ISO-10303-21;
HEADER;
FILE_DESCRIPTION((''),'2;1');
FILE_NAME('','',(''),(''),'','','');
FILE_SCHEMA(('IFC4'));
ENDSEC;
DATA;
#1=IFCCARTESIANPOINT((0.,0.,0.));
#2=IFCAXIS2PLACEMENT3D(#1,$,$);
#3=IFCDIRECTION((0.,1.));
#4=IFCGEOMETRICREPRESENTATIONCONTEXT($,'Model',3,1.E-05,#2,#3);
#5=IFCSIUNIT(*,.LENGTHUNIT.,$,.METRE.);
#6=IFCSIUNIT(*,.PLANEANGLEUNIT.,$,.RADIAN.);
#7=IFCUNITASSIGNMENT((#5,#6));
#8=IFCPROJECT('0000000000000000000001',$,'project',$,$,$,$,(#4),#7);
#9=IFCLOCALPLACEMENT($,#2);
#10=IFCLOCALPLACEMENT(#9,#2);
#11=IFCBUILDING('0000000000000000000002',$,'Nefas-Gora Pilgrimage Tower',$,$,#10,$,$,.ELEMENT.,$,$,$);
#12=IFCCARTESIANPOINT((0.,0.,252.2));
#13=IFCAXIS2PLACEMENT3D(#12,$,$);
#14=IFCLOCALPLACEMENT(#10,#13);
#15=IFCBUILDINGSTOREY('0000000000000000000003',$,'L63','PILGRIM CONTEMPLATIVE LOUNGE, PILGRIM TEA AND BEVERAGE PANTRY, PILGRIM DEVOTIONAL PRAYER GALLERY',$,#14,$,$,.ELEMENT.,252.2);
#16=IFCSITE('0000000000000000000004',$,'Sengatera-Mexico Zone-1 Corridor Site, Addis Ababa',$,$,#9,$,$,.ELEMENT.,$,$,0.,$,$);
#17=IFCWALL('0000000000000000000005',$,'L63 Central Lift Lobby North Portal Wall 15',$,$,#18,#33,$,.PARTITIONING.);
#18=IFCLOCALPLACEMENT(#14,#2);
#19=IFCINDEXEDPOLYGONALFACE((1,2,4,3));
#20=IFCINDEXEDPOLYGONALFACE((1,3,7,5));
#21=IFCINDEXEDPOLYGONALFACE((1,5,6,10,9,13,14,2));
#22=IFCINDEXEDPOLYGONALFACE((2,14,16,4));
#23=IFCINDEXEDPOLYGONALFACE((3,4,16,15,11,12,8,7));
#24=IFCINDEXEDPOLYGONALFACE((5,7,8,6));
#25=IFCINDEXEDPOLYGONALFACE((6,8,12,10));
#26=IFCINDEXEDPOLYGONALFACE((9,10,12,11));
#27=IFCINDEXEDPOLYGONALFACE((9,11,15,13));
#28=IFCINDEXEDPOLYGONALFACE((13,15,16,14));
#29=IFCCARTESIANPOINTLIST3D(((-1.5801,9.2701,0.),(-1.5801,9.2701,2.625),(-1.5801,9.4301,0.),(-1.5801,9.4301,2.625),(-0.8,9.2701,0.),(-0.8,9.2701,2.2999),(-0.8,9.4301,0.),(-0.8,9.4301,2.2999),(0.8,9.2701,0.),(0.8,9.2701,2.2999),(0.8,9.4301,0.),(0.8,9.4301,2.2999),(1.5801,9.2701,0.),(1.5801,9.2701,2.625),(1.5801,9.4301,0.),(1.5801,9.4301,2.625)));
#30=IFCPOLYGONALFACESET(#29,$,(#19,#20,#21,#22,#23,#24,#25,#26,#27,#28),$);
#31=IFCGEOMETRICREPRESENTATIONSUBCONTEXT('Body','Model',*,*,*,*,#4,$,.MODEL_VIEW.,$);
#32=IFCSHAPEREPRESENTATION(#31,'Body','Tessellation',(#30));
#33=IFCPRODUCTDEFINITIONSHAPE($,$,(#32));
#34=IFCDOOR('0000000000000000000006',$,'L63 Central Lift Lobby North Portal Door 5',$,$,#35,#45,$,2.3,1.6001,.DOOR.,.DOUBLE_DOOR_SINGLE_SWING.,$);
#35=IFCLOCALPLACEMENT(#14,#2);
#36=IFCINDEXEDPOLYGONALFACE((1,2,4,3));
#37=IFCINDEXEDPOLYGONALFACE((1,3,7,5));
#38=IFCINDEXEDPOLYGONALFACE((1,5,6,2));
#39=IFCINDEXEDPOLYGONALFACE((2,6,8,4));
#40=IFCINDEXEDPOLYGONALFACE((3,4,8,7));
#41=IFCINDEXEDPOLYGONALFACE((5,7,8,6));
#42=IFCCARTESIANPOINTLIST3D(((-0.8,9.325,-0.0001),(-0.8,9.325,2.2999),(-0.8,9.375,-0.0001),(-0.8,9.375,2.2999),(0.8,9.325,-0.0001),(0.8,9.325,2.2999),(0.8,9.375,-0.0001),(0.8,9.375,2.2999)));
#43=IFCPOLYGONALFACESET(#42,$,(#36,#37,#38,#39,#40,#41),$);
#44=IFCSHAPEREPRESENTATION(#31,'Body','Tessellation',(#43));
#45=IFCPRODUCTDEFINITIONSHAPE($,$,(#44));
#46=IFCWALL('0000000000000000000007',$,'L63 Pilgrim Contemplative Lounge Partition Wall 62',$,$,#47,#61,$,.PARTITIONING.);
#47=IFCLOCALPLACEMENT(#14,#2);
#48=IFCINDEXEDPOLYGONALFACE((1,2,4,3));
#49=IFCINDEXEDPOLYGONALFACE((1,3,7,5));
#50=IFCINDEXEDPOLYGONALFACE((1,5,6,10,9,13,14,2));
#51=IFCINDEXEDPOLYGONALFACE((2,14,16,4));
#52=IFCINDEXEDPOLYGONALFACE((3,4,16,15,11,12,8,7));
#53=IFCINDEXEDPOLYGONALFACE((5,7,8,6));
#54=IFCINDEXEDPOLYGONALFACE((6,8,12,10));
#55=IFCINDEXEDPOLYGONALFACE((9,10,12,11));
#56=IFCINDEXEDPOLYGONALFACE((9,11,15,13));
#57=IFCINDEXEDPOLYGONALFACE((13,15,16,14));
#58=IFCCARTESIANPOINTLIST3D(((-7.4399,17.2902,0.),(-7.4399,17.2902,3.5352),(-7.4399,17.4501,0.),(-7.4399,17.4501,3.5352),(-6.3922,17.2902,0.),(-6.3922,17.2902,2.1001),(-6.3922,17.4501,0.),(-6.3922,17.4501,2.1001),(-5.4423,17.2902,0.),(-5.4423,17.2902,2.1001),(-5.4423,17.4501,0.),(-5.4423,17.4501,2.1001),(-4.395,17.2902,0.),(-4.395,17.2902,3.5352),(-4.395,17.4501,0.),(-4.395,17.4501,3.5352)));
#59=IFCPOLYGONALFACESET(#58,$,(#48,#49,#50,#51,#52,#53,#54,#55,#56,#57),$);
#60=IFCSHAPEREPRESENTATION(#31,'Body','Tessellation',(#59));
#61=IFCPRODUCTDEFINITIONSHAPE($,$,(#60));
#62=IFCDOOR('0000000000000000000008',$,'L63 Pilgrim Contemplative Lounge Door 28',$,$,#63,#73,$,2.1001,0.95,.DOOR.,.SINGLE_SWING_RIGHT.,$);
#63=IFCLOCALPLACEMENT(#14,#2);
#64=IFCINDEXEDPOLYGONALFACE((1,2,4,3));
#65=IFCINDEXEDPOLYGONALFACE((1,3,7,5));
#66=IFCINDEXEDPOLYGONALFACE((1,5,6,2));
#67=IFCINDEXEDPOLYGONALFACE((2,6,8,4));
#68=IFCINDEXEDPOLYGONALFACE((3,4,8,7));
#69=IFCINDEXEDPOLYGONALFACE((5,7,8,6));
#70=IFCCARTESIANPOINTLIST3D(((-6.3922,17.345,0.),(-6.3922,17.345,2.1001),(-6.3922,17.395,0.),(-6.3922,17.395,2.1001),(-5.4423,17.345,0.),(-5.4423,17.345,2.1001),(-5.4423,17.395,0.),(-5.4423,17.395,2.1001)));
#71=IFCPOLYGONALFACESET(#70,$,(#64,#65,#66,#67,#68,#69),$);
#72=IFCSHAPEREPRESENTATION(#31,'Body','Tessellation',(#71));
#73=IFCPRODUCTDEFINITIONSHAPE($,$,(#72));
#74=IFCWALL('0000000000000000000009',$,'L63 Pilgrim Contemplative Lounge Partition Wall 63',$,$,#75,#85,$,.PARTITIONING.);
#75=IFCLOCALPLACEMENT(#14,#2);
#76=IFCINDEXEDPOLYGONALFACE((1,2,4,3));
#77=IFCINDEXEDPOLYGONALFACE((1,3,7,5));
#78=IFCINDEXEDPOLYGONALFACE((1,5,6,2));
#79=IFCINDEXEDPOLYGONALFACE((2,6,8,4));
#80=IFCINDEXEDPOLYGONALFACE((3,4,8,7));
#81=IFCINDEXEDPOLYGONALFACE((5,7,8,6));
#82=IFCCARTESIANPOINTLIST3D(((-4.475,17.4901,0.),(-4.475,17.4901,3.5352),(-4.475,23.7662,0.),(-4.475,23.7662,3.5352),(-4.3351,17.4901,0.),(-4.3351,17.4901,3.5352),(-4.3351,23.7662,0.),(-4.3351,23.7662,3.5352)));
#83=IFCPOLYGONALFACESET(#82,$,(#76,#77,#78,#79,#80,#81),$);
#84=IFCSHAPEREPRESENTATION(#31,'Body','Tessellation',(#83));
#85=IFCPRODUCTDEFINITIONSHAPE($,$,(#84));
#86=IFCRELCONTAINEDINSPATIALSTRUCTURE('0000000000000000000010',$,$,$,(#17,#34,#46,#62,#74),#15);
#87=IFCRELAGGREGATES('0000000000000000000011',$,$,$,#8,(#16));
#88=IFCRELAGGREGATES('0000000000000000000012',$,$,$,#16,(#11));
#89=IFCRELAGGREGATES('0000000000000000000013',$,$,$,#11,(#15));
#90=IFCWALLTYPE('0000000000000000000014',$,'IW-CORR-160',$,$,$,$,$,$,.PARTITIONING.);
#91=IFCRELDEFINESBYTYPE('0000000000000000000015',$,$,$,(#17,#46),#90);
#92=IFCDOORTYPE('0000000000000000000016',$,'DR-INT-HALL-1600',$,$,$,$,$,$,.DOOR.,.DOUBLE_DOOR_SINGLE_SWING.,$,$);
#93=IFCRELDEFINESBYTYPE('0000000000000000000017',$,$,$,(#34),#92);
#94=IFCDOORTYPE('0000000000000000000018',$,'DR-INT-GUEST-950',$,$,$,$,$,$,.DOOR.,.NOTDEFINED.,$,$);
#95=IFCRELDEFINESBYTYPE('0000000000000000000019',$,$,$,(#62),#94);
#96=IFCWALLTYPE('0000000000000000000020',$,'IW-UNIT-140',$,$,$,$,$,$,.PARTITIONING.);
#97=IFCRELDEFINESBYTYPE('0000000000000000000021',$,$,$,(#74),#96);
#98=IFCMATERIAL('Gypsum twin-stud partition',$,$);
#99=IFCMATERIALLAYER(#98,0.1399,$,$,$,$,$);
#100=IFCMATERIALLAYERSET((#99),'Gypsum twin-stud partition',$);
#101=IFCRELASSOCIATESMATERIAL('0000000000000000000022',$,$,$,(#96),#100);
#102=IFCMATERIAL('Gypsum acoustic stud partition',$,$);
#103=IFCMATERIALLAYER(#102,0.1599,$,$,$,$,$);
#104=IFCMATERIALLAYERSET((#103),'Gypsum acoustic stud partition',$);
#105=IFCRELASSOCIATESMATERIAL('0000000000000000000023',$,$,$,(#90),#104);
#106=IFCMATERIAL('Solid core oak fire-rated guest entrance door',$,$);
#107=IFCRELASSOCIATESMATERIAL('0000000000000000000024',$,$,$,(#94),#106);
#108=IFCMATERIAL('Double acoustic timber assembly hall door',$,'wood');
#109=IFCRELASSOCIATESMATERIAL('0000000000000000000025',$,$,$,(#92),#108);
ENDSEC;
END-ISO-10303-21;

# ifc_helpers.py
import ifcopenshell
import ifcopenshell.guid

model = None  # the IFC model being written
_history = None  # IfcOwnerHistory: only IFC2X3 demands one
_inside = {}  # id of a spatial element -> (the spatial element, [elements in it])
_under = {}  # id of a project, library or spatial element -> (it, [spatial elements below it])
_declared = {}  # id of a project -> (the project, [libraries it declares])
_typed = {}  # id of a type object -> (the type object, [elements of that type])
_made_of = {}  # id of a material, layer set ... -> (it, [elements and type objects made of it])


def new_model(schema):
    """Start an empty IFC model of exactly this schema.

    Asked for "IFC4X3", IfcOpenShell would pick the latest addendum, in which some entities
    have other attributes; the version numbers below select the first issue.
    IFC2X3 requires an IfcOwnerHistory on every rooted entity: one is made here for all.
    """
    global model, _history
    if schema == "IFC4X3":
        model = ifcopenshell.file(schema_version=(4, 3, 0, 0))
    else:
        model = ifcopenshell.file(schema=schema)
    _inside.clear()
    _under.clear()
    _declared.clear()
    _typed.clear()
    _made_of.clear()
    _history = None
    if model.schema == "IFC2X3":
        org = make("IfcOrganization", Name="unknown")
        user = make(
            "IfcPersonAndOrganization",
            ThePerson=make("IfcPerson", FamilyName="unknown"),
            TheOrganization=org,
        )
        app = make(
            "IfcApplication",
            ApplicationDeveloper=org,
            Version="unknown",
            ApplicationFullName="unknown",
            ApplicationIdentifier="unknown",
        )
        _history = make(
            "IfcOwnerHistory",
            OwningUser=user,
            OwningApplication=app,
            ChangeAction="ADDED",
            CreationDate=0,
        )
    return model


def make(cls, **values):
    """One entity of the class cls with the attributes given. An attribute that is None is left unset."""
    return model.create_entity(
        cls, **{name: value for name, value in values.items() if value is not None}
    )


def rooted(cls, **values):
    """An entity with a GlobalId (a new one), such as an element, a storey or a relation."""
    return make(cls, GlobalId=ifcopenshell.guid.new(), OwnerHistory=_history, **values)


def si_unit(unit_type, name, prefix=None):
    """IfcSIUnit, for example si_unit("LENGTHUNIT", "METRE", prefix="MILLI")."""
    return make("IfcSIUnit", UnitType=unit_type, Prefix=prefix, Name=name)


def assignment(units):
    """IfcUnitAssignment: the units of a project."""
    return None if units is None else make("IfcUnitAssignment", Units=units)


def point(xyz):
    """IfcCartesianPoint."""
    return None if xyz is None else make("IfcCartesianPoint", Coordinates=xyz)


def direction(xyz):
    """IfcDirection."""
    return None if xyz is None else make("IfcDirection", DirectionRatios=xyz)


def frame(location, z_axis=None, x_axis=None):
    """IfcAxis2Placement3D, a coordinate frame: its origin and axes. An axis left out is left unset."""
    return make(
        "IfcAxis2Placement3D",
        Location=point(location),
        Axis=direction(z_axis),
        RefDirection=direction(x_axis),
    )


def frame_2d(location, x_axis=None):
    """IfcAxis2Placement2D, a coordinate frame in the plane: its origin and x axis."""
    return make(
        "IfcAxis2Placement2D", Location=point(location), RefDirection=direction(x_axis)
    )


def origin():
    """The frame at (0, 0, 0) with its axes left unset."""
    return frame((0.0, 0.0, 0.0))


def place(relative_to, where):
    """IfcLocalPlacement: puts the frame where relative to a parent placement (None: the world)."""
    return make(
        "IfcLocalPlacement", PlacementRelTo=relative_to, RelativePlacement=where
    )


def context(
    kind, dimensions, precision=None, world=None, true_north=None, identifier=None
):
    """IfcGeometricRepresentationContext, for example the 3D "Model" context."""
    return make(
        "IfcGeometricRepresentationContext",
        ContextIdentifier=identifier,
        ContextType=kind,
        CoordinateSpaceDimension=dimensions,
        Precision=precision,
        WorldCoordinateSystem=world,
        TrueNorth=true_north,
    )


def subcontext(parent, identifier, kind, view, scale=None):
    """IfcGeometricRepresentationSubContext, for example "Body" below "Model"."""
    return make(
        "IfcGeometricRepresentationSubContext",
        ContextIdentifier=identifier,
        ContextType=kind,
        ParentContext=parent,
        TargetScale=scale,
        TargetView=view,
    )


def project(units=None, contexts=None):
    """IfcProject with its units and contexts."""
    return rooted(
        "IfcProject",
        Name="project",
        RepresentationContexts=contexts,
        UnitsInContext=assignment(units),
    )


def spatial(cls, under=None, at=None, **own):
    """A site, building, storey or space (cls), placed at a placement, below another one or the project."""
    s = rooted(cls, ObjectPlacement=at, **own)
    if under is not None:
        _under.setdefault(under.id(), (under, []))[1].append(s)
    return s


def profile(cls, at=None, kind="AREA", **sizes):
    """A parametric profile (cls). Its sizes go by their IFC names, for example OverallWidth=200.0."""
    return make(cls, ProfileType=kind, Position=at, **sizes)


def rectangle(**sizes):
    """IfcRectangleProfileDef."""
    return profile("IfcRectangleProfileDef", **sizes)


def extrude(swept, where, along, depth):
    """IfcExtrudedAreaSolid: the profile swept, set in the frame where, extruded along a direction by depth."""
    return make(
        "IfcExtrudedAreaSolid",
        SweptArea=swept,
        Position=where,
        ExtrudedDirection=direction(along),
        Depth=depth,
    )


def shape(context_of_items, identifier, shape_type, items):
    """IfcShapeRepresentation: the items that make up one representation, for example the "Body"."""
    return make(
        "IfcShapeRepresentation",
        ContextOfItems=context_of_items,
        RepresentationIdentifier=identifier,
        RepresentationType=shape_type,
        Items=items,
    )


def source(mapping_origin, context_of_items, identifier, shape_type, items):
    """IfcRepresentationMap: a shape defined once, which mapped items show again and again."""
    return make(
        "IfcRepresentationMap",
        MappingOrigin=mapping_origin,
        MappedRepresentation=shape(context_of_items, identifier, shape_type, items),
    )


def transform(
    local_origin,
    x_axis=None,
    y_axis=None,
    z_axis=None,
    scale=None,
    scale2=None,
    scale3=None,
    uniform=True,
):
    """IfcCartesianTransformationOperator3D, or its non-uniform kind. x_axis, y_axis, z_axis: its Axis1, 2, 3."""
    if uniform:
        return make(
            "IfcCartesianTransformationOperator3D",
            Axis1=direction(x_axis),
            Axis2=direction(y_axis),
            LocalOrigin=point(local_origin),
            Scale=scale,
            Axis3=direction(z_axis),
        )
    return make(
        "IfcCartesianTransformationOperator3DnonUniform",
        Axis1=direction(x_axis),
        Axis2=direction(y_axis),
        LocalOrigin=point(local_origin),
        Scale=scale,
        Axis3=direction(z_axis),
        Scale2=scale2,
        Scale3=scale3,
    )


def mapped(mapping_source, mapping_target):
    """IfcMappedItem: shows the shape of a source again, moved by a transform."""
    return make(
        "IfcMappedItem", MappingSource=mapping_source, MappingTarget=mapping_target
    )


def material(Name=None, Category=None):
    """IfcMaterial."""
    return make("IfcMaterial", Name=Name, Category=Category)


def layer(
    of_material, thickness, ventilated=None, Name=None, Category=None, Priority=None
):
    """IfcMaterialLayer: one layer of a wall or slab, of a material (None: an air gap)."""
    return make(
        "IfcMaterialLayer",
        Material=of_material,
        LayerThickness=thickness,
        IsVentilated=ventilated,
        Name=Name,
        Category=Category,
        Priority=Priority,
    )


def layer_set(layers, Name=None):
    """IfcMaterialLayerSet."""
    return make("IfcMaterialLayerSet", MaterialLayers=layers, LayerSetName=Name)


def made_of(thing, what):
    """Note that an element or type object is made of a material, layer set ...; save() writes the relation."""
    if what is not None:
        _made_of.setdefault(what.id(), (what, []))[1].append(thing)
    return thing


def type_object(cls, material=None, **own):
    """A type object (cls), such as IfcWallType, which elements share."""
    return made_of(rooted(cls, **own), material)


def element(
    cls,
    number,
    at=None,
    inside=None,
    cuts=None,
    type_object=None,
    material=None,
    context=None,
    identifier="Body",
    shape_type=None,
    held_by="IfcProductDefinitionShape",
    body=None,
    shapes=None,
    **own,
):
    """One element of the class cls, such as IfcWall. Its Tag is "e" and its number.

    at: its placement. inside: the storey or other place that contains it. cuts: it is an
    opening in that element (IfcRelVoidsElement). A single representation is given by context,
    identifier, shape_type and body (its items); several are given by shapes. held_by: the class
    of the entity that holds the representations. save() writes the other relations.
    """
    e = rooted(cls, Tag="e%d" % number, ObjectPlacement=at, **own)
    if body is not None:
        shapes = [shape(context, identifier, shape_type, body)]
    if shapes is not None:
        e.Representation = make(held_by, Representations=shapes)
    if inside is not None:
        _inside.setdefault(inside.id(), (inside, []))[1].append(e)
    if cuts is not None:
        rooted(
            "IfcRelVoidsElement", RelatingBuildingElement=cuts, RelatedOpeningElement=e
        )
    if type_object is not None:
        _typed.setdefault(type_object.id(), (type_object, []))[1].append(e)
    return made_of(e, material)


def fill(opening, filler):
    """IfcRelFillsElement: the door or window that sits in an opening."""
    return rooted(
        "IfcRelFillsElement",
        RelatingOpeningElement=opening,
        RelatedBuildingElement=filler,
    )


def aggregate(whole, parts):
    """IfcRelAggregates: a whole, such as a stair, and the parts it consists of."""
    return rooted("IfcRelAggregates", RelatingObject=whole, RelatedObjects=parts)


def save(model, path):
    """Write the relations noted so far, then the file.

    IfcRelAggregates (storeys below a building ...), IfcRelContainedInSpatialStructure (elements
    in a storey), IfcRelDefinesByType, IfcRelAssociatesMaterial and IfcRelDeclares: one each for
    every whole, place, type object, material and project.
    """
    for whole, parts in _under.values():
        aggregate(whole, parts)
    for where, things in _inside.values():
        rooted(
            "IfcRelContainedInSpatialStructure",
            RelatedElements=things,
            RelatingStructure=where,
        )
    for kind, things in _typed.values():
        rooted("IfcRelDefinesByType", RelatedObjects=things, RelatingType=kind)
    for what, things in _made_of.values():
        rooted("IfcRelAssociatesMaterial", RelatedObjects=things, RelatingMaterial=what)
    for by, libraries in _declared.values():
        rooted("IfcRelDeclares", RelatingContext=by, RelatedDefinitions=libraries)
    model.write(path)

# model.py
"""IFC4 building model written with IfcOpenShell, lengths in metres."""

from ifc_helpers import new_model, si_unit, direction, frame, frame_2d, origin, place, context, subcontext, project, spatial, rectangle, extrude, source, transform, mapped, material, layer, layer_set, type_object, element, fill, save


model = new_model("IFC4")

# Units and contexts
model_context = context("Model", 3, precision=1e-05, world=origin(), true_north=direction((0.0, 1.0)))
body_context = subcontext(model_context, "Body", "Model", "MODEL_VIEW")
ifc_project = project(units=[si_unit("LENGTHUNIT", "METRE"), si_unit("PLANEANGLEUNIT", "RADIAN")], contexts=[model_context])

# Site, building, storey
site_placement = place(None, origin())
site = spatial("IfcSite", under=ifc_project, at=site_placement, Name="Sengatera-Mexico Zone-1 Corridor Site, Addis Ababa", CompositionType="ELEMENT", RefElevation=0.0)
building_placement = place(site_placement, origin())
building = spatial("IfcBuilding", under=site, at=building_placement, Name="Nefas-Gora Pilgrimage Tower", CompositionType="ELEMENT")
storey_placement = place(building_placement, frame((0.0, 0.0, 252.2)))
storey = spatial("IfcBuildingStorey", under=building, at=storey_placement, Name="L63", Description="PILGRIM CONTEMPLATIVE LOUNGE, PILGRIM TEA AND BEVERAGE PANTRY, PILGRIM DEVOTIONAL PRAYER GALLERY", CompositionType="ELEMENT", Elevation=252.2)

# Shared definitions
ifc_material_1 = material(Name="Gypsum twin-stud partition")
ifc_layer_1 = layer(ifc_material_1, 0.1399)
ifc_layer_set_1 = layer_set([ifc_layer_1], Name="Gypsum twin-stud partition")
wall_type_1 = type_object("IfcWallType", Name="IW-UNIT-140", PredefinedType="PARTITIONING", material=ifc_layer_set_1)

# Shared definitions
ifc_material_2 = material(Name="Gypsum acoustic stud partition")
ifc_layer_2 = layer(ifc_material_2, 0.1599)
ifc_layer_set_2 = layer_set([ifc_layer_2], Name="Gypsum acoustic stud partition")
wall_type_2 = type_object("IfcWallType", Name="IW-CORR-160", PredefinedType="PARTITIONING", material=ifc_layer_set_2)
ifc_material_3 = material(Name="Solid core oak fire-rated guest entrance door")
door_type_1 = type_object("IfcDoorType", Name="DR-INT-GUEST-950", OperationType="NOTDEFINED", PredefinedType="DOOR", material=ifc_material_3)
shared_shape_1 = source(origin(), body_context, "Body", "SweptSolid", [
    extrude(rectangle(XDim=0.95, YDim=2.1001, at=frame_2d((0.4751, 1.05))), frame((0.0, 0.0249, 0.0), z_axis=(0.0, -1.0, 0.0), x_axis=(1.0, 0.0, 0.0)), (0.0, 0.0, 1.0), 0.05),
])

# Walls, openings, doors
shared_shape_2 = source(origin(), body_context, "Body", "SweptSolid", [
    extrude(rectangle(XDim=3.1602, YDim=0.1599, at=frame_2d((1.5801, 0.0))), origin(), (0.0, 0.0, 1.0), 2.625),
])
wall_1_placement = place(storey_placement, frame((-1.5801, 9.3501, 0.0), z_axis=(0.0, 0.0, 1.0), x_axis=(1.0, 0.0, 0.0)))
wall_1 = element("IfcWall", 1, at=wall_1_placement, inside=storey, type_object=wall_type_2, Name="L63 Central Lift Lobby North Portal Wall 15", PredefinedType="PARTITIONING", context=body_context, shape_type="MappedRepresentation", body=[
    mapped(shared_shape_2, transform((0.0, 0.0, 0.0), x_axis=(1.0, 0.0, 0.0), y_axis=(0.0, 1.0, 0.0), z_axis=(0.0, 0.0, 1.0), scale=1.0)),
])
opening_1_placement = place(wall_1_placement, frame((0.78, 0.0, 0.0)))
opening_1 = element("IfcOpeningElement", 2, at=opening_1_placement, cuts=wall_1, PredefinedType="OPENING", context=body_context, shape_type="SweptSolid", body=[
    extrude(rectangle(XDim=1.6001, YDim=2.3, at=frame_2d((0.8, 1.1499))), frame((0.0, 0.0898, 0.0), z_axis=(0.0, -1.0, 0.0), x_axis=(1.0, 0.0, 0.0)), (0.0, 0.0, 1.0), 0.1799),
])
ifc_material_4 = material(Name="Double acoustic timber assembly hall door", Category="wood")
door_type_2 = type_object("IfcDoorType", Name="DR-INT-HALL-1600", OperationType="DOUBLE_DOOR_SINGLE_SWING", PredefinedType="DOOR", material=ifc_material_4)
shared_shape_3 = source(origin(), body_context, "Body", "SweptSolid", [
    extrude(rectangle(XDim=1.6001, YDim=2.3, at=frame_2d((0.8, 1.1499))), frame((0.0, 0.0249, 0.0), z_axis=(0.0, -1.0, 0.0), x_axis=(1.0, 0.0, 0.0)), (0.0, 0.0, 1.0), 0.05),
])
door_1_placement = place(opening_1_placement, origin())
door_1 = element("IfcDoor", 3, at=door_1_placement, inside=storey, type_object=door_type_2, Name="L63 Central Lift Lobby North Portal Door 5", OperationType="DOUBLE_DOOR_SINGLE_SWING", OverallHeight=2.3, OverallWidth=1.6001, PredefinedType="DOOR", context=body_context, shape_type="MappedRepresentation", body=[
    mapped(shared_shape_3, transform((0.0, 0.0, 0.0), x_axis=(1.0, 0.0, 0.0), y_axis=(0.0, 1.0, 0.0), z_axis=(0.0, 0.0, 1.0), scale=1.0)),
])
fill(opening_1, door_1)
shared_shape_4 = source(origin(), body_context, "Body", "SweptSolid", [
    extrude(rectangle(XDim=3.0449, YDim=0.1599, at=frame_2d((1.5225, 0.0))), origin(), (0.0, 0.0, 1.0), 3.5352),
])
wall_2_placement = place(storey_placement, frame((-7.4399, 17.3701, 0.0), z_axis=(0.0, 0.0, 1.0), x_axis=(1.0, 0.0, 0.0)))
wall_2 = element("IfcWall", 4, at=wall_2_placement, inside=storey, type_object=wall_type_2, Name="L63 Pilgrim Contemplative Lounge Partition Wall 62", PredefinedType="PARTITIONING", context=body_context, shape_type="MappedRepresentation", body=[
    mapped(shared_shape_4, transform((0.0, 0.0, 0.0), x_axis=(1.0, 0.0, 0.0), y_axis=(0.0, 1.0, 0.0), z_axis=(0.0, 0.0, 1.0), scale=1.0)),
])
opening_2_placement = place(wall_2_placement, frame((1.0476, 0.0, 0.0)))
opening_2 = element("IfcOpeningElement", 5, at=opening_2_placement, cuts=wall_2, PredefinedType="OPENING", context=body_context, shape_type="SweptSolid", body=[
    extrude(rectangle(XDim=0.95, YDim=2.1001, at=frame_2d((0.4751, 1.05))), frame((0.0, 0.0898, 0.0), z_axis=(0.0, -1.0, 0.0), x_axis=(1.0, 0.0, 0.0)), (0.0, 0.0, 1.0), 0.1799),
])
door_2_placement = place(opening_2_placement, origin())
door_2 = element("IfcDoor", 6, at=door_2_placement, inside=storey, type_object=door_type_1, Name="L63 Pilgrim Contemplative Lounge Door 28", OperationType="SINGLE_SWING_RIGHT", OverallHeight=2.1001, OverallWidth=0.95, PredefinedType="DOOR", context=body_context, shape_type="MappedRepresentation", body=[
    mapped(shared_shape_1, transform((0.0, 0.0, 0.0), x_axis=(1.0, 0.0, 0.0), y_axis=(0.0, 1.0, 0.0), z_axis=(0.0, 0.0, 1.0), scale=1.0)),
])
fill(opening_2, door_2)

# Wall
shared_shape_5 = source(origin(), body_context, "Body", "SweptSolid", [
    extrude(rectangle(XDim=6.2761, YDim=0.1399, at=frame_2d((3.1382, 0.0))), origin(), (0.0, 0.0, 1.0), 3.5352),
])
wall_3_placement = place(storey_placement, frame((-4.405, 17.49, 0.0), z_axis=(0.0, 0.0, 1.0), x_axis=(0.0, 1.0, 0.0)))
element("IfcWall", 7, at=wall_3_placement, inside=storey, type_object=wall_type_1, Name="L63 Pilgrim Contemplative Lounge Partition Wall 63", PredefinedType="PARTITIONING", context=body_context, shape_type="MappedRepresentation", body=[
    mapped(shared_shape_5, transform((0.0, 0.0, 0.0), x_axis=(1.0, 0.0, 0.0), y_axis=(0.0, 1.0, 0.0), z_axis=(0.0, 0.0, 1.0), scale=1.0)),
])

save(model, "model.ifc")
